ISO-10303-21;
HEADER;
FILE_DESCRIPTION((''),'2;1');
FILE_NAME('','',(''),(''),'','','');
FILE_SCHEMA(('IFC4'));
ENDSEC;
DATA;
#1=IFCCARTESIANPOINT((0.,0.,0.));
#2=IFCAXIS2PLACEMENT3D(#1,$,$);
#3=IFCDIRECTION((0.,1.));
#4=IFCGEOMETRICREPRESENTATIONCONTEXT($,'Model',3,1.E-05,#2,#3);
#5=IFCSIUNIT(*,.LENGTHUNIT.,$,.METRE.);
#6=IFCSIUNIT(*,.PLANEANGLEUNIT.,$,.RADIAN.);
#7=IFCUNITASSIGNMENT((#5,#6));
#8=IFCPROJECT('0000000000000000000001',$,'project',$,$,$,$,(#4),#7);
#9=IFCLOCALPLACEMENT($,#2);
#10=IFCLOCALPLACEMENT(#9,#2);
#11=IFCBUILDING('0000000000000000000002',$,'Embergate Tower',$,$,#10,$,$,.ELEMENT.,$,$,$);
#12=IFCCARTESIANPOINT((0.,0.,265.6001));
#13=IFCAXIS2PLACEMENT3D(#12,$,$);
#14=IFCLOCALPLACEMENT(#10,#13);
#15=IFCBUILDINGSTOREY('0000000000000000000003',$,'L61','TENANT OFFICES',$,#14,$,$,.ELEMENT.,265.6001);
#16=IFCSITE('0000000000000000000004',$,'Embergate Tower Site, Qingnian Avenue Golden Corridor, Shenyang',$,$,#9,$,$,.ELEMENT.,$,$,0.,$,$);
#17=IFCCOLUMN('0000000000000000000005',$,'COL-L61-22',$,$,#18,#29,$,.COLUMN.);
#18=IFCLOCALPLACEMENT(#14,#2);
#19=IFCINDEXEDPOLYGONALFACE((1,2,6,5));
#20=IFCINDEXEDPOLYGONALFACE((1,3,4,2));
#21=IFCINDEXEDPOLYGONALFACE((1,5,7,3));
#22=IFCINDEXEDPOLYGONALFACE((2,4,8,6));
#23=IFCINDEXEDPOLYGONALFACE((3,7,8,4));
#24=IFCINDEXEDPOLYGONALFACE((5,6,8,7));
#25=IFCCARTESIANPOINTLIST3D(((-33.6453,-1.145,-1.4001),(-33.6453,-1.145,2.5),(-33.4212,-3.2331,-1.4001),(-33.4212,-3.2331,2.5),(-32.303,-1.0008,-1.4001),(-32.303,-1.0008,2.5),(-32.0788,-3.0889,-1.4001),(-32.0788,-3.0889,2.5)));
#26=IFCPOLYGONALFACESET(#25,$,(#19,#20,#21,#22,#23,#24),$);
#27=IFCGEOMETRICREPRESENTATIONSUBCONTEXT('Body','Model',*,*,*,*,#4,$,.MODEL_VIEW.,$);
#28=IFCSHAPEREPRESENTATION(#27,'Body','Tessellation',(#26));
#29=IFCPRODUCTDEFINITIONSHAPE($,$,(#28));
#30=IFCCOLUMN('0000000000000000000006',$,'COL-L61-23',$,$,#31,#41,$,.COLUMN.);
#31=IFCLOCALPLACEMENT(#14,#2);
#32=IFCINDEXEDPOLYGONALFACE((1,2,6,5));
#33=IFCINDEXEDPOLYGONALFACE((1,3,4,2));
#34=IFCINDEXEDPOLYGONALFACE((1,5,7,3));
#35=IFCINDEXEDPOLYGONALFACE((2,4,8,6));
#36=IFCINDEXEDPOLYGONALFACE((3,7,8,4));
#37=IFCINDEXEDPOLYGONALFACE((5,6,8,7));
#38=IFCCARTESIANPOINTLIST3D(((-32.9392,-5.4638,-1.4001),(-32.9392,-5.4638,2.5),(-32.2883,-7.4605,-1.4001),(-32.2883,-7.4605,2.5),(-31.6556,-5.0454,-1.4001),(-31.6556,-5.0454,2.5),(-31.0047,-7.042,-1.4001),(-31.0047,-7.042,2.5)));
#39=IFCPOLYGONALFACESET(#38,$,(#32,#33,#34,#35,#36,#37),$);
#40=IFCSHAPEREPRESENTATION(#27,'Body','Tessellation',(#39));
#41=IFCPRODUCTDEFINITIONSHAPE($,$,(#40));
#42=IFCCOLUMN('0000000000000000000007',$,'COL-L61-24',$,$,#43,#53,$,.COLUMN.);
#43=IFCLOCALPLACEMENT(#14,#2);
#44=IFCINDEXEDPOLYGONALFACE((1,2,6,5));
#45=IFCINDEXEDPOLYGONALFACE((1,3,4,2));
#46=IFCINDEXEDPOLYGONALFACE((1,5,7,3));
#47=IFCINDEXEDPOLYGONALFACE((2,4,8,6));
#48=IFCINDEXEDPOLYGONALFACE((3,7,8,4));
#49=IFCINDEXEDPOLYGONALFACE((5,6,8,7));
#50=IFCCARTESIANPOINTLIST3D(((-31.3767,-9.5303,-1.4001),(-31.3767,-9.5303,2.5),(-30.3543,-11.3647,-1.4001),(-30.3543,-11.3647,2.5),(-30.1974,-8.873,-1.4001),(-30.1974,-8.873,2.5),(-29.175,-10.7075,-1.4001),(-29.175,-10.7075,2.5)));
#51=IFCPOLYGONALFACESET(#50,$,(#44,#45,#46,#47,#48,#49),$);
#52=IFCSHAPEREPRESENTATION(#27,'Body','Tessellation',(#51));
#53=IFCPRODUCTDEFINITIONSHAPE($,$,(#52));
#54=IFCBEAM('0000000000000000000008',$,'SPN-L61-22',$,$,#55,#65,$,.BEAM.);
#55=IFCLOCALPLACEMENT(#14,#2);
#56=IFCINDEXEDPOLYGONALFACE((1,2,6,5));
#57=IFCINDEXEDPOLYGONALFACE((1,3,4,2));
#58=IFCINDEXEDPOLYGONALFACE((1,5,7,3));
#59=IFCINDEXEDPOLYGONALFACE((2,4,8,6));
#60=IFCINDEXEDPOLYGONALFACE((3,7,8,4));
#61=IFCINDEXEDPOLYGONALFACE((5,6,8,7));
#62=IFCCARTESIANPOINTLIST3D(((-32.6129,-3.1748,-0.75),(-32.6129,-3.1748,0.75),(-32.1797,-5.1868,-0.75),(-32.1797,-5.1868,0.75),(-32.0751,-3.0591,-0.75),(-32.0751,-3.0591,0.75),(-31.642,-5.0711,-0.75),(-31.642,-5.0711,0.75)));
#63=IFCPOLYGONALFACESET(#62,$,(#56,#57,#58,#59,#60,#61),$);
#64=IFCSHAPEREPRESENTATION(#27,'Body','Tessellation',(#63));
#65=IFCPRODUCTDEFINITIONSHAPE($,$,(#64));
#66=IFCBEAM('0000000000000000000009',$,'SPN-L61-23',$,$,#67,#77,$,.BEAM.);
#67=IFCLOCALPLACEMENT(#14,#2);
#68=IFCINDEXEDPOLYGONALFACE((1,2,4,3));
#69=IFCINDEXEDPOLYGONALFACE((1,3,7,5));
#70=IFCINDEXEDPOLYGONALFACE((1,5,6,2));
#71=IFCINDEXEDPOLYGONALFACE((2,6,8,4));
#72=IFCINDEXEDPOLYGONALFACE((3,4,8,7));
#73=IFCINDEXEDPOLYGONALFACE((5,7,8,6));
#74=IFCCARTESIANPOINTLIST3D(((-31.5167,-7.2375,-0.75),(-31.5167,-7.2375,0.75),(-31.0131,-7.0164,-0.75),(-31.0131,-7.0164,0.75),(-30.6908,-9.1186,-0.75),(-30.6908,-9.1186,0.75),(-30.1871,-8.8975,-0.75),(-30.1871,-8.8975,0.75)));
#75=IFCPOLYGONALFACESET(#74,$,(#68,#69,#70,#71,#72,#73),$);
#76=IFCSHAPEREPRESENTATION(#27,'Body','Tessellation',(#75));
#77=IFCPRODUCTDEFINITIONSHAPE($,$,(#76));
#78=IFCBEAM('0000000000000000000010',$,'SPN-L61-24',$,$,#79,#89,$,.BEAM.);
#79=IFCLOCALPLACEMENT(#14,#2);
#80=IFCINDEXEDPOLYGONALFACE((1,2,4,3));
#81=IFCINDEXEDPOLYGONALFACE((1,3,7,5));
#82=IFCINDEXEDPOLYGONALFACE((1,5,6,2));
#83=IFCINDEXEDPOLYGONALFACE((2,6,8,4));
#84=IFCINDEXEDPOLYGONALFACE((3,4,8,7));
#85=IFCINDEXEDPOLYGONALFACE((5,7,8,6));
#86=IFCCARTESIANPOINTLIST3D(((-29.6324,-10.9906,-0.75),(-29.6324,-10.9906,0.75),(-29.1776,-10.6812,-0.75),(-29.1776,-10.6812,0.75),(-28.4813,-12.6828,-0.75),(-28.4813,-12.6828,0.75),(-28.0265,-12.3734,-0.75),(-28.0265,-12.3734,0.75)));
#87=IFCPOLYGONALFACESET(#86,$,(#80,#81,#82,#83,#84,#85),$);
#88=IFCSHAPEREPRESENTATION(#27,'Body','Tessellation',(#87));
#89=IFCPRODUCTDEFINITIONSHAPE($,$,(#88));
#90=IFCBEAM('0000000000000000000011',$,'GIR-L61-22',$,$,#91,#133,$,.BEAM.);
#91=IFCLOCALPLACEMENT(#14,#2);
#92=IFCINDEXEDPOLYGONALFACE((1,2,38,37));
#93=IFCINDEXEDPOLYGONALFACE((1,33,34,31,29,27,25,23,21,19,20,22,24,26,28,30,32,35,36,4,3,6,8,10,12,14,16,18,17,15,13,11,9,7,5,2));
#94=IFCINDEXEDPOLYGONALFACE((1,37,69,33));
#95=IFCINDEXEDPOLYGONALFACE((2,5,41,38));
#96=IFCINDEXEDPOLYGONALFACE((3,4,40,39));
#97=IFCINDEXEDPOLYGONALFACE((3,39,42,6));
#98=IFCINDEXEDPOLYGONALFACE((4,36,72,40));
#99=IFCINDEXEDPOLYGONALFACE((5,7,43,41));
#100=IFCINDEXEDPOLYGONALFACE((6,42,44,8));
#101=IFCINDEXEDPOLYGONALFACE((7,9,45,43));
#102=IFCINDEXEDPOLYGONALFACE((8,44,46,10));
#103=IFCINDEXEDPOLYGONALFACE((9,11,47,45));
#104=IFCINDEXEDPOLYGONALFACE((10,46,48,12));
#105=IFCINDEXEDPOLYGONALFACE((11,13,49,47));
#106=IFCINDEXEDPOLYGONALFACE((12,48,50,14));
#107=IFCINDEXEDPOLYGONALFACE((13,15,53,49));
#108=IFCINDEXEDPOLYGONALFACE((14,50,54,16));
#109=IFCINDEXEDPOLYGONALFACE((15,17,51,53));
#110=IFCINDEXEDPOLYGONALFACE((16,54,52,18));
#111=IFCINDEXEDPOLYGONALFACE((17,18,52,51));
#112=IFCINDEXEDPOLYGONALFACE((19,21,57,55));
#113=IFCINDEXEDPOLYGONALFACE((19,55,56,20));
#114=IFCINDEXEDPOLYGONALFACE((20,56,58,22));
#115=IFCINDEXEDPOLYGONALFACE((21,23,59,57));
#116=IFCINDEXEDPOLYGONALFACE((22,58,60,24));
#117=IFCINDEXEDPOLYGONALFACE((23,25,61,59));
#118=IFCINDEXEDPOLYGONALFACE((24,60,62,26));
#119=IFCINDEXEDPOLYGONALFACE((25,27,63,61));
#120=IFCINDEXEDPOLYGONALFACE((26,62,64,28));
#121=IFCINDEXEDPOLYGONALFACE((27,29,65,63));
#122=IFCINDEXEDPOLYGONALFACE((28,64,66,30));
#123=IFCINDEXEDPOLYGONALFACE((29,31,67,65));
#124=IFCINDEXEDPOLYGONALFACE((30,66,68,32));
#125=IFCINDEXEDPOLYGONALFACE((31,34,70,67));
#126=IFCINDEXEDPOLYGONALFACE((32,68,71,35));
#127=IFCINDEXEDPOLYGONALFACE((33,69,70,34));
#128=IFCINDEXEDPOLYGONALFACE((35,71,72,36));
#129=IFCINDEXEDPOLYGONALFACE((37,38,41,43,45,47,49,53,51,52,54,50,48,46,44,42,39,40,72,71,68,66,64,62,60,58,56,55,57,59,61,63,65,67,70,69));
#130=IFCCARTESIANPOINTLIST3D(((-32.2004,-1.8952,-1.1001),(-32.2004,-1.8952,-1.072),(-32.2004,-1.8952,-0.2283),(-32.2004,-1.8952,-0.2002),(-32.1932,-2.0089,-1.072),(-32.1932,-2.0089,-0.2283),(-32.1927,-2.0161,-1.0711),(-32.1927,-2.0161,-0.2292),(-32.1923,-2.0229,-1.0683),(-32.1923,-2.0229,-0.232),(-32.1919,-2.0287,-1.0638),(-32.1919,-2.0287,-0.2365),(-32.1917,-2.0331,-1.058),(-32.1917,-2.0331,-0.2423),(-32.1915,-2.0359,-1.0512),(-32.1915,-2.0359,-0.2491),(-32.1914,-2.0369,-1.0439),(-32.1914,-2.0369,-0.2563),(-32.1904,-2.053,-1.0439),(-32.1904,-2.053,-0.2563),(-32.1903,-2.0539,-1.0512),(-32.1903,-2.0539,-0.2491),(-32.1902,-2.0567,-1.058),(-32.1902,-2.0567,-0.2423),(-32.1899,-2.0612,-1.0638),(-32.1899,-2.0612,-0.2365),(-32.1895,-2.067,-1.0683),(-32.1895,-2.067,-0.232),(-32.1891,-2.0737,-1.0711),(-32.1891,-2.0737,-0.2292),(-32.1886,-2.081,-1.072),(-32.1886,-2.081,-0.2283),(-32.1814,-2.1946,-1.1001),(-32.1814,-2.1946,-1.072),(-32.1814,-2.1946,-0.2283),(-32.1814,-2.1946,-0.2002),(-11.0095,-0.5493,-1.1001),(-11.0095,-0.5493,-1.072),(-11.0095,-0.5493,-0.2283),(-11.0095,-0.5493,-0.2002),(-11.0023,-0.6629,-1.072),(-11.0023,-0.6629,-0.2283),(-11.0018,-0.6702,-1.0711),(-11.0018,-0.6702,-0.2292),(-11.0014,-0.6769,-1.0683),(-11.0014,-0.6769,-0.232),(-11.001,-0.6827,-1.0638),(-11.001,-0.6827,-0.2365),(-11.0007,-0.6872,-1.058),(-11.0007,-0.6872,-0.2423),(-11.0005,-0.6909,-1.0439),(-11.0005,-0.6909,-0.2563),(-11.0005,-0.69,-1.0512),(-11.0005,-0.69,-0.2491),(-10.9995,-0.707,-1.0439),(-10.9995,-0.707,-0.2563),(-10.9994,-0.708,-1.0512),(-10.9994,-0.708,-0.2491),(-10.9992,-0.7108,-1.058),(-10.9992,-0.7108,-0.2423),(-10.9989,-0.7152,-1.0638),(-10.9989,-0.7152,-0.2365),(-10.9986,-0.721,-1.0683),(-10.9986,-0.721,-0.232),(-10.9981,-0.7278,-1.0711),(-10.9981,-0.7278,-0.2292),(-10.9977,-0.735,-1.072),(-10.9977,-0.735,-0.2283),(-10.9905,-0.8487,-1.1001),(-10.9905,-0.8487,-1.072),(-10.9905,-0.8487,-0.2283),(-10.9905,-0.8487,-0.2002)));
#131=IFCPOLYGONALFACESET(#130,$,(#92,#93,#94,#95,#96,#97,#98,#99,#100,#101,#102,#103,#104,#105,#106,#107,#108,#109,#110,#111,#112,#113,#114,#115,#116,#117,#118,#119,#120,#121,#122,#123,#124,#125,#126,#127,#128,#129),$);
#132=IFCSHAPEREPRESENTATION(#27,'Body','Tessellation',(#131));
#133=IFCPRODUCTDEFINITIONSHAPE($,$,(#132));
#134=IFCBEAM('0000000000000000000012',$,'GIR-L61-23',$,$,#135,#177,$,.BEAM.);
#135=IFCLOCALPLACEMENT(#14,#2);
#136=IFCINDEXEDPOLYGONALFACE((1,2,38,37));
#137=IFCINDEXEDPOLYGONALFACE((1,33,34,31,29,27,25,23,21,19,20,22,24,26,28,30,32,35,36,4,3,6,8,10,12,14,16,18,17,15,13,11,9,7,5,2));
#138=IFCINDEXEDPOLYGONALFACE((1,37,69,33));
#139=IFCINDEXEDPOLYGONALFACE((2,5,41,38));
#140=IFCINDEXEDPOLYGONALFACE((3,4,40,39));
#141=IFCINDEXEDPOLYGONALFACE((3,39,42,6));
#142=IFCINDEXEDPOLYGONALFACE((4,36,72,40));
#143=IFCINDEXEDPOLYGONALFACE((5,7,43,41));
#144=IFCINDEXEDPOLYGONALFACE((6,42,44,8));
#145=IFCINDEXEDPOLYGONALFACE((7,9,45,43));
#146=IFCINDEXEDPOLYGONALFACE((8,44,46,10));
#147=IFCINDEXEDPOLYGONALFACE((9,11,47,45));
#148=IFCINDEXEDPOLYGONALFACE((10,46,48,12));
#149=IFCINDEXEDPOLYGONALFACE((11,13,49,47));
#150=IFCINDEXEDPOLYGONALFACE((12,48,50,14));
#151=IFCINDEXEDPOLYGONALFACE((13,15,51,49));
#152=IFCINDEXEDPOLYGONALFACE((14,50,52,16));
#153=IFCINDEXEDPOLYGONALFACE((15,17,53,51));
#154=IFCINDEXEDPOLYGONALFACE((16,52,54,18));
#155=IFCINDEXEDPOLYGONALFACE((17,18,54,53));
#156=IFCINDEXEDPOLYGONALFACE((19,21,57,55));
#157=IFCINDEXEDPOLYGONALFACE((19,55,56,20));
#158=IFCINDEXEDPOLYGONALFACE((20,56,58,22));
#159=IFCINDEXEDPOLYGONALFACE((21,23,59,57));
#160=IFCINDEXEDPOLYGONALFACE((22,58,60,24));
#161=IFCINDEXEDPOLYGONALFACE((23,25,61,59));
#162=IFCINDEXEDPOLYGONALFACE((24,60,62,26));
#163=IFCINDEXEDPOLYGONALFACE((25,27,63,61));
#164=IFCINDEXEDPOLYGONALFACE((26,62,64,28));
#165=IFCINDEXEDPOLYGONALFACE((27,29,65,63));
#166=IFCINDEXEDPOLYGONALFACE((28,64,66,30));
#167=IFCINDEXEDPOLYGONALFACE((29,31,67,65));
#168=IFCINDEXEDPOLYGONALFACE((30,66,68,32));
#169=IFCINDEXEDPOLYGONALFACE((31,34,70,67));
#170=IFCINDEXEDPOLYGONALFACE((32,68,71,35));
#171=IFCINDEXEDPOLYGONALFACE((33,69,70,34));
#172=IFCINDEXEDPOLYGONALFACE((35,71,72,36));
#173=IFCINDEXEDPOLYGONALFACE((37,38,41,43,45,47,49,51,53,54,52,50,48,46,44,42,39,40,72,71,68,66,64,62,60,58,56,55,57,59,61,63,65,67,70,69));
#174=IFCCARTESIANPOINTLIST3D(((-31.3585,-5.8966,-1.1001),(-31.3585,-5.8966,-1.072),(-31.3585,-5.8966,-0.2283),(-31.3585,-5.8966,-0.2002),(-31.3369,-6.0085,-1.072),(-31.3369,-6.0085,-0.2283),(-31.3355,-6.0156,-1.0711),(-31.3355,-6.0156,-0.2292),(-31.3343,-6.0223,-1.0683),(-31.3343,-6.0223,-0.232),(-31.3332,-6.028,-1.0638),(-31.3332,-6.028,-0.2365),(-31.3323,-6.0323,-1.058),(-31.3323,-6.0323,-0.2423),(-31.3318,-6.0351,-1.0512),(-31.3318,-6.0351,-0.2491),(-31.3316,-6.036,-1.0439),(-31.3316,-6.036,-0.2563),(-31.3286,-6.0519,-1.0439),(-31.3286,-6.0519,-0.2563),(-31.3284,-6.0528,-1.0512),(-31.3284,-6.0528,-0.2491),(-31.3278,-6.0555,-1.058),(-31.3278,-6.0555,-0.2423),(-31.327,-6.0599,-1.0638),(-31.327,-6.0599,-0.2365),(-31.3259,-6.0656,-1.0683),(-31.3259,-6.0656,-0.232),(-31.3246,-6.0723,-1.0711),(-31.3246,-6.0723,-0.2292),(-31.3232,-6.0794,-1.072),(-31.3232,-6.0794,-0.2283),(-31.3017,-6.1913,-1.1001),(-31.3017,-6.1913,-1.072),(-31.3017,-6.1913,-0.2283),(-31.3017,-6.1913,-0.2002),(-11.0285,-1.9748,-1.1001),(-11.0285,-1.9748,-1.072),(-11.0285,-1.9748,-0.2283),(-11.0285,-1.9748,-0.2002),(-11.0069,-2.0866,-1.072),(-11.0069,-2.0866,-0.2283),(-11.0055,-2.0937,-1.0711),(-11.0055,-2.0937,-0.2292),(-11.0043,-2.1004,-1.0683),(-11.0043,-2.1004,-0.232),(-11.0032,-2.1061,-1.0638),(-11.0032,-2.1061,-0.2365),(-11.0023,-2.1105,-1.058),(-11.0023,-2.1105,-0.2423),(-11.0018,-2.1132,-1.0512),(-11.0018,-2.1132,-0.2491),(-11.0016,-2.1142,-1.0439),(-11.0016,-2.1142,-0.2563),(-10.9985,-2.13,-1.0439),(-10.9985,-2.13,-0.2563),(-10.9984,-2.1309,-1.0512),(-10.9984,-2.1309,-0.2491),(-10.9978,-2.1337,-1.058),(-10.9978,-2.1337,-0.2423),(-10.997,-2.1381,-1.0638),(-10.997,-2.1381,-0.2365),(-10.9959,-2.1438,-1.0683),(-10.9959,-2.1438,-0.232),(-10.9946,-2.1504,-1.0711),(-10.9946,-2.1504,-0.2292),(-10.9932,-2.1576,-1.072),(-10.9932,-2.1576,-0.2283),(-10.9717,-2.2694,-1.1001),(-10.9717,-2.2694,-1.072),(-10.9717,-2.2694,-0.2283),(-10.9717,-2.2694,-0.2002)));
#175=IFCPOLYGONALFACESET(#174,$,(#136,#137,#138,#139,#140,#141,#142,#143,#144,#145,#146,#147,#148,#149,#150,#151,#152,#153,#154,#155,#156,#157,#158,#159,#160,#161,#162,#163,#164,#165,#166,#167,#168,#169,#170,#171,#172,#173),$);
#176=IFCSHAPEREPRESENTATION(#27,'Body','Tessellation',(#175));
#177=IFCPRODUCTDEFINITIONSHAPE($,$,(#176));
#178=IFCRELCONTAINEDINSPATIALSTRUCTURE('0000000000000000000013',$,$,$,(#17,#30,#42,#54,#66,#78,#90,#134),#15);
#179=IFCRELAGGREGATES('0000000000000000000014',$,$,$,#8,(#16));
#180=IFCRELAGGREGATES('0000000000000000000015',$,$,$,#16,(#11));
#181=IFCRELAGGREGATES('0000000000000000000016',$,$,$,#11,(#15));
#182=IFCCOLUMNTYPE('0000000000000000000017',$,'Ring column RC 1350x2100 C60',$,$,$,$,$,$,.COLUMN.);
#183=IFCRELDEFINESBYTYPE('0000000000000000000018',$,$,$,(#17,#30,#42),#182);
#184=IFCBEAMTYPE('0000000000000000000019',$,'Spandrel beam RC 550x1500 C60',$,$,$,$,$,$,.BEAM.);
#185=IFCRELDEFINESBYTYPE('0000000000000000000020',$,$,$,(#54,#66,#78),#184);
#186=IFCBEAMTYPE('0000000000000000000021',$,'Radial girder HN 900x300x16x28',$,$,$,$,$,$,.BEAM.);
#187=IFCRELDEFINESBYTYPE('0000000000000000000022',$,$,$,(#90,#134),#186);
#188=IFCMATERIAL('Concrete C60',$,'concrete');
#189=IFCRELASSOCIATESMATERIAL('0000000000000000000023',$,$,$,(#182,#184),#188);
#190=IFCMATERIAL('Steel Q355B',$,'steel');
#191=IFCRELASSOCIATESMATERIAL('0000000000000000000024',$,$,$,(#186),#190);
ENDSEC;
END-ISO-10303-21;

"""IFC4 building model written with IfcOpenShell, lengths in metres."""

from ifc_helpers import new_model, si_unit, direction, frame, origin, origin_2d, place, context, subcontext, project, spatial, rectangle, i_section, extrude, source, transform, mapped, material, material_profile, profile_set, type_object, element, save


model = new_model("IFC4")

# Units and contexts
model_context = context("Model", 3, precision=1e-05, world=origin(), true_north=direction((0.0, 1.0)))
body_context = subcontext(model_context, "Body", "Model", "MODEL_VIEW")
ifc_project = project(units=[si_unit("LENGTHUNIT", "METRE"), si_unit("PLANEANGLEUNIT", "RADIAN")], contexts=[model_context])

# Site, building, storey
site_placement = place(None, origin())
site = spatial("IfcSite", under=ifc_project, at=site_placement, Name="Embergate Tower Site, Qingnian Avenue Golden Corridor, Shenyang", CompositionType="ELEMENT", RefElevation=0.0)
building_placement = place(site_placement, origin())
building = spatial("IfcBuilding", under=site, at=building_placement, Name="Embergate Tower", CompositionType="ELEMENT")
storey_placement = place(building_placement, frame((0.0, 0.0, 265.6001)))
storey = spatial("IfcBuildingStorey", under=building, at=storey_placement, Name="L61", Description="TENANT OFFICES", CompositionType="ELEMENT", Elevation=265.6001)

# Columns
ifc_material_1 = material(Name="Concrete C60", Category="concrete")
ifc_material_profile_1 = material_profile(ifc_material_1, rectangle(XDim=1.3501, YDim=2.1001, at=origin_2d()), Name="RC 1350x2100")
ifc_profile_set_1 = profile_set([ifc_material_profile_1], Name="Concrete C60")
column_type = type_object("IfcColumnType", Name="Ring column RC 1350x2100 C60", PredefinedType="COLUMN", material=ifc_profile_set_1)
shared_shape_1 = source(origin(), body_context, "Body", "SweptSolid", [
    extrude(rectangle(XDim=1.3501, YDim=2.1001, at=origin_2d()), origin(), (0.0, 0.0, 1.0), 3.9001),
])
for number, where, z_axis, x_axis, name in (
    (1, (-32.8621, -2.1169, -1.4001), (0.0, 0.0, 1.0), (-0.994286, -0.10675, 0.0), "COL-L61-22"),
    (2, (-31.9719, -6.2529, -1.4001), (0.0, 0.0, 1.0), (-0.950754, -0.309946, 0.0), "COL-L61-23"),
    (3, (-30.2759, -10.1189, -1.4001), (0.0, 0.0, 1.0), (-0.873492, -0.486839, 0.0), "COL-L61-24"),
):
    element("IfcColumn", number, at=place(storey_placement, frame(where, z_axis=z_axis, x_axis=x_axis)), inside=storey, type_object=column_type, Name=name, PredefinedType="COLUMN", context=body_context, shape_type="MappedRepresentation", body=[
        mapped(shared_shape_1, transform((0.0, 0.0, 0.0))),
    ])

# Beams
ifc_material_profile_2 = material_profile(ifc_material_1, rectangle(XDim=0.55, YDim=1.5, at=origin_2d()), Name="RC 550x1500")
ifc_profile_set_2 = profile_set([ifc_material_profile_2], Name="Concrete C60")
beam_type_1 = type_object("IfcBeamType", Name="Spandrel beam RC 550x1500 C60", PredefinedType="BEAM", material=ifc_profile_set_2)
shared_shape_2 = source(origin(), body_context, "Body", "SweptSolid", [
    extrude(rectangle(XDim=0.55, YDim=1.5, at=origin_2d()), origin(), (0.0, 0.0, 1.0), 2.0581),
])
beam_1_placement = place(storey_placement, frame((-32.344, -3.1169, 0.0), z_axis=(0.210444, -0.977606, 0.0), x_axis=(0.977606, 0.210444, 0.0)))
element("IfcBeam", 4, at=beam_1_placement, inside=storey, type_object=beam_type_1, Name="SPN-L61-22", PredefinedType="BEAM", context=body_context, shape_type="MappedRepresentation", body=[
    mapped(shared_shape_2, transform((0.0, 0.0, 0.0))),
])
shared_shape_3 = source(origin(), body_context, "Body", "SweptSolid", [
    extrude(rectangle(XDim=0.55, YDim=1.5, at=origin_2d()), origin(), (0.0, 0.0, 1.0), 2.0544),
])
beam_2_placement = place(storey_placement, frame((-31.2649, -7.127, 0.0), z_axis=(0.402022, -0.91563, 0.0), x_axis=(0.91563, 0.402022, 0.0)))
element("IfcBeam", 5, at=beam_2_placement, inside=storey, type_object=beam_type_1, Name="SPN-L61-23", PredefinedType="BEAM", context=body_context, shape_type="MappedRepresentation", body=[
    mapped(shared_shape_3, transform((0.0, 0.0, 0.0))),
])
shared_shape_4 = source(origin(), body_context, "Body", "SweptSolid", [
    extrude(rectangle(XDim=0.55, YDim=1.5, at=origin_2d()), origin(), (0.0, 0.0, 1.0), 2.0466),
])
beam_3_placement = place(storey_placement, frame((-29.405, -10.8359, 0.0), z_axis=(0.562467, -0.82682, 0.0), x_axis=(0.82682, 0.562467, 0.0)))
element("IfcBeam", 6, at=beam_3_placement, inside=storey, type_object=beam_type_1, Name="SPN-L61-24", PredefinedType="BEAM", context=body_context, shape_type="MappedRepresentation", body=[
    mapped(shared_shape_4, transform((0.0, 0.0, 0.0))),
])
ifc_material_2 = material(Name="Steel Q355B", Category="steel")
ifc_material_profile_3 = material_profile(ifc_material_2, i_section(OverallWidth=0.3, OverallDepth=0.8999, WebThickness=0.0161, FlangeThickness=0.0281, FilletRadius=0.0281, at=origin_2d()), Name="HN 900x300x16x28")
ifc_profile_set_3 = profile_set([ifc_material_profile_3], Name="Steel Q355 grade B")
beam_type_2 = type_object("IfcBeamType", Name="Radial girder HN 900x300x16x28", PredefinedType="BEAM", material=ifc_profile_set_3)
shared_shape_5 = source(origin(), body_context, "Body", "SweptSolid", [
    extrude(i_section(OverallWidth=0.3, OverallDepth=0.8999, WebThickness=0.0161, FlangeThickness=0.0281, FilletRadius=0.0281, at=origin_2d()), origin(), (0.0, 0.0, 1.0), 21.2336),
])
beam_4_placement = place(storey_placement, frame((-32.1909, -2.0449, -0.6501), z_axis=(0.997989, 0.063388, 0.0), x_axis=(-0.063388, 0.997989, 0.0)))
element("IfcBeam", 7, at=beam_4_placement, inside=storey, type_object=beam_type_2, Name="GIR-L61-22", PredefinedType="BEAM", context=body_context, shape_type="MappedRepresentation", body=[
    mapped(shared_shape_5, transform((0.0, 0.0, 0.0))),
])
shared_shape_6 = source(origin(), body_context, "Body", "SweptSolid", [
    extrude(i_section(OverallWidth=0.3, OverallDepth=0.8999, WebThickness=0.0161, FlangeThickness=0.0281, FilletRadius=0.0281, at=origin_2d()), origin(), (0.0, 0.0, 1.0), 20.7048),
])
beam_5_placement = place(storey_placement, frame((-31.3301, -6.0439, -0.6501), z_axis=(0.981897, 0.189418, 0.0), x_axis=(-0.189418, 0.981897, 0.0)))
element("IfcBeam", 8, at=beam_5_placement, inside=storey, type_object=beam_type_2, Name="GIR-L61-23", PredefinedType="BEAM", context=body_context, shape_type="MappedRepresentation", body=[
    mapped(shared_shape_6, transform((0.0, 0.0, 0.0))),
])

save(model, "model.ifc")
